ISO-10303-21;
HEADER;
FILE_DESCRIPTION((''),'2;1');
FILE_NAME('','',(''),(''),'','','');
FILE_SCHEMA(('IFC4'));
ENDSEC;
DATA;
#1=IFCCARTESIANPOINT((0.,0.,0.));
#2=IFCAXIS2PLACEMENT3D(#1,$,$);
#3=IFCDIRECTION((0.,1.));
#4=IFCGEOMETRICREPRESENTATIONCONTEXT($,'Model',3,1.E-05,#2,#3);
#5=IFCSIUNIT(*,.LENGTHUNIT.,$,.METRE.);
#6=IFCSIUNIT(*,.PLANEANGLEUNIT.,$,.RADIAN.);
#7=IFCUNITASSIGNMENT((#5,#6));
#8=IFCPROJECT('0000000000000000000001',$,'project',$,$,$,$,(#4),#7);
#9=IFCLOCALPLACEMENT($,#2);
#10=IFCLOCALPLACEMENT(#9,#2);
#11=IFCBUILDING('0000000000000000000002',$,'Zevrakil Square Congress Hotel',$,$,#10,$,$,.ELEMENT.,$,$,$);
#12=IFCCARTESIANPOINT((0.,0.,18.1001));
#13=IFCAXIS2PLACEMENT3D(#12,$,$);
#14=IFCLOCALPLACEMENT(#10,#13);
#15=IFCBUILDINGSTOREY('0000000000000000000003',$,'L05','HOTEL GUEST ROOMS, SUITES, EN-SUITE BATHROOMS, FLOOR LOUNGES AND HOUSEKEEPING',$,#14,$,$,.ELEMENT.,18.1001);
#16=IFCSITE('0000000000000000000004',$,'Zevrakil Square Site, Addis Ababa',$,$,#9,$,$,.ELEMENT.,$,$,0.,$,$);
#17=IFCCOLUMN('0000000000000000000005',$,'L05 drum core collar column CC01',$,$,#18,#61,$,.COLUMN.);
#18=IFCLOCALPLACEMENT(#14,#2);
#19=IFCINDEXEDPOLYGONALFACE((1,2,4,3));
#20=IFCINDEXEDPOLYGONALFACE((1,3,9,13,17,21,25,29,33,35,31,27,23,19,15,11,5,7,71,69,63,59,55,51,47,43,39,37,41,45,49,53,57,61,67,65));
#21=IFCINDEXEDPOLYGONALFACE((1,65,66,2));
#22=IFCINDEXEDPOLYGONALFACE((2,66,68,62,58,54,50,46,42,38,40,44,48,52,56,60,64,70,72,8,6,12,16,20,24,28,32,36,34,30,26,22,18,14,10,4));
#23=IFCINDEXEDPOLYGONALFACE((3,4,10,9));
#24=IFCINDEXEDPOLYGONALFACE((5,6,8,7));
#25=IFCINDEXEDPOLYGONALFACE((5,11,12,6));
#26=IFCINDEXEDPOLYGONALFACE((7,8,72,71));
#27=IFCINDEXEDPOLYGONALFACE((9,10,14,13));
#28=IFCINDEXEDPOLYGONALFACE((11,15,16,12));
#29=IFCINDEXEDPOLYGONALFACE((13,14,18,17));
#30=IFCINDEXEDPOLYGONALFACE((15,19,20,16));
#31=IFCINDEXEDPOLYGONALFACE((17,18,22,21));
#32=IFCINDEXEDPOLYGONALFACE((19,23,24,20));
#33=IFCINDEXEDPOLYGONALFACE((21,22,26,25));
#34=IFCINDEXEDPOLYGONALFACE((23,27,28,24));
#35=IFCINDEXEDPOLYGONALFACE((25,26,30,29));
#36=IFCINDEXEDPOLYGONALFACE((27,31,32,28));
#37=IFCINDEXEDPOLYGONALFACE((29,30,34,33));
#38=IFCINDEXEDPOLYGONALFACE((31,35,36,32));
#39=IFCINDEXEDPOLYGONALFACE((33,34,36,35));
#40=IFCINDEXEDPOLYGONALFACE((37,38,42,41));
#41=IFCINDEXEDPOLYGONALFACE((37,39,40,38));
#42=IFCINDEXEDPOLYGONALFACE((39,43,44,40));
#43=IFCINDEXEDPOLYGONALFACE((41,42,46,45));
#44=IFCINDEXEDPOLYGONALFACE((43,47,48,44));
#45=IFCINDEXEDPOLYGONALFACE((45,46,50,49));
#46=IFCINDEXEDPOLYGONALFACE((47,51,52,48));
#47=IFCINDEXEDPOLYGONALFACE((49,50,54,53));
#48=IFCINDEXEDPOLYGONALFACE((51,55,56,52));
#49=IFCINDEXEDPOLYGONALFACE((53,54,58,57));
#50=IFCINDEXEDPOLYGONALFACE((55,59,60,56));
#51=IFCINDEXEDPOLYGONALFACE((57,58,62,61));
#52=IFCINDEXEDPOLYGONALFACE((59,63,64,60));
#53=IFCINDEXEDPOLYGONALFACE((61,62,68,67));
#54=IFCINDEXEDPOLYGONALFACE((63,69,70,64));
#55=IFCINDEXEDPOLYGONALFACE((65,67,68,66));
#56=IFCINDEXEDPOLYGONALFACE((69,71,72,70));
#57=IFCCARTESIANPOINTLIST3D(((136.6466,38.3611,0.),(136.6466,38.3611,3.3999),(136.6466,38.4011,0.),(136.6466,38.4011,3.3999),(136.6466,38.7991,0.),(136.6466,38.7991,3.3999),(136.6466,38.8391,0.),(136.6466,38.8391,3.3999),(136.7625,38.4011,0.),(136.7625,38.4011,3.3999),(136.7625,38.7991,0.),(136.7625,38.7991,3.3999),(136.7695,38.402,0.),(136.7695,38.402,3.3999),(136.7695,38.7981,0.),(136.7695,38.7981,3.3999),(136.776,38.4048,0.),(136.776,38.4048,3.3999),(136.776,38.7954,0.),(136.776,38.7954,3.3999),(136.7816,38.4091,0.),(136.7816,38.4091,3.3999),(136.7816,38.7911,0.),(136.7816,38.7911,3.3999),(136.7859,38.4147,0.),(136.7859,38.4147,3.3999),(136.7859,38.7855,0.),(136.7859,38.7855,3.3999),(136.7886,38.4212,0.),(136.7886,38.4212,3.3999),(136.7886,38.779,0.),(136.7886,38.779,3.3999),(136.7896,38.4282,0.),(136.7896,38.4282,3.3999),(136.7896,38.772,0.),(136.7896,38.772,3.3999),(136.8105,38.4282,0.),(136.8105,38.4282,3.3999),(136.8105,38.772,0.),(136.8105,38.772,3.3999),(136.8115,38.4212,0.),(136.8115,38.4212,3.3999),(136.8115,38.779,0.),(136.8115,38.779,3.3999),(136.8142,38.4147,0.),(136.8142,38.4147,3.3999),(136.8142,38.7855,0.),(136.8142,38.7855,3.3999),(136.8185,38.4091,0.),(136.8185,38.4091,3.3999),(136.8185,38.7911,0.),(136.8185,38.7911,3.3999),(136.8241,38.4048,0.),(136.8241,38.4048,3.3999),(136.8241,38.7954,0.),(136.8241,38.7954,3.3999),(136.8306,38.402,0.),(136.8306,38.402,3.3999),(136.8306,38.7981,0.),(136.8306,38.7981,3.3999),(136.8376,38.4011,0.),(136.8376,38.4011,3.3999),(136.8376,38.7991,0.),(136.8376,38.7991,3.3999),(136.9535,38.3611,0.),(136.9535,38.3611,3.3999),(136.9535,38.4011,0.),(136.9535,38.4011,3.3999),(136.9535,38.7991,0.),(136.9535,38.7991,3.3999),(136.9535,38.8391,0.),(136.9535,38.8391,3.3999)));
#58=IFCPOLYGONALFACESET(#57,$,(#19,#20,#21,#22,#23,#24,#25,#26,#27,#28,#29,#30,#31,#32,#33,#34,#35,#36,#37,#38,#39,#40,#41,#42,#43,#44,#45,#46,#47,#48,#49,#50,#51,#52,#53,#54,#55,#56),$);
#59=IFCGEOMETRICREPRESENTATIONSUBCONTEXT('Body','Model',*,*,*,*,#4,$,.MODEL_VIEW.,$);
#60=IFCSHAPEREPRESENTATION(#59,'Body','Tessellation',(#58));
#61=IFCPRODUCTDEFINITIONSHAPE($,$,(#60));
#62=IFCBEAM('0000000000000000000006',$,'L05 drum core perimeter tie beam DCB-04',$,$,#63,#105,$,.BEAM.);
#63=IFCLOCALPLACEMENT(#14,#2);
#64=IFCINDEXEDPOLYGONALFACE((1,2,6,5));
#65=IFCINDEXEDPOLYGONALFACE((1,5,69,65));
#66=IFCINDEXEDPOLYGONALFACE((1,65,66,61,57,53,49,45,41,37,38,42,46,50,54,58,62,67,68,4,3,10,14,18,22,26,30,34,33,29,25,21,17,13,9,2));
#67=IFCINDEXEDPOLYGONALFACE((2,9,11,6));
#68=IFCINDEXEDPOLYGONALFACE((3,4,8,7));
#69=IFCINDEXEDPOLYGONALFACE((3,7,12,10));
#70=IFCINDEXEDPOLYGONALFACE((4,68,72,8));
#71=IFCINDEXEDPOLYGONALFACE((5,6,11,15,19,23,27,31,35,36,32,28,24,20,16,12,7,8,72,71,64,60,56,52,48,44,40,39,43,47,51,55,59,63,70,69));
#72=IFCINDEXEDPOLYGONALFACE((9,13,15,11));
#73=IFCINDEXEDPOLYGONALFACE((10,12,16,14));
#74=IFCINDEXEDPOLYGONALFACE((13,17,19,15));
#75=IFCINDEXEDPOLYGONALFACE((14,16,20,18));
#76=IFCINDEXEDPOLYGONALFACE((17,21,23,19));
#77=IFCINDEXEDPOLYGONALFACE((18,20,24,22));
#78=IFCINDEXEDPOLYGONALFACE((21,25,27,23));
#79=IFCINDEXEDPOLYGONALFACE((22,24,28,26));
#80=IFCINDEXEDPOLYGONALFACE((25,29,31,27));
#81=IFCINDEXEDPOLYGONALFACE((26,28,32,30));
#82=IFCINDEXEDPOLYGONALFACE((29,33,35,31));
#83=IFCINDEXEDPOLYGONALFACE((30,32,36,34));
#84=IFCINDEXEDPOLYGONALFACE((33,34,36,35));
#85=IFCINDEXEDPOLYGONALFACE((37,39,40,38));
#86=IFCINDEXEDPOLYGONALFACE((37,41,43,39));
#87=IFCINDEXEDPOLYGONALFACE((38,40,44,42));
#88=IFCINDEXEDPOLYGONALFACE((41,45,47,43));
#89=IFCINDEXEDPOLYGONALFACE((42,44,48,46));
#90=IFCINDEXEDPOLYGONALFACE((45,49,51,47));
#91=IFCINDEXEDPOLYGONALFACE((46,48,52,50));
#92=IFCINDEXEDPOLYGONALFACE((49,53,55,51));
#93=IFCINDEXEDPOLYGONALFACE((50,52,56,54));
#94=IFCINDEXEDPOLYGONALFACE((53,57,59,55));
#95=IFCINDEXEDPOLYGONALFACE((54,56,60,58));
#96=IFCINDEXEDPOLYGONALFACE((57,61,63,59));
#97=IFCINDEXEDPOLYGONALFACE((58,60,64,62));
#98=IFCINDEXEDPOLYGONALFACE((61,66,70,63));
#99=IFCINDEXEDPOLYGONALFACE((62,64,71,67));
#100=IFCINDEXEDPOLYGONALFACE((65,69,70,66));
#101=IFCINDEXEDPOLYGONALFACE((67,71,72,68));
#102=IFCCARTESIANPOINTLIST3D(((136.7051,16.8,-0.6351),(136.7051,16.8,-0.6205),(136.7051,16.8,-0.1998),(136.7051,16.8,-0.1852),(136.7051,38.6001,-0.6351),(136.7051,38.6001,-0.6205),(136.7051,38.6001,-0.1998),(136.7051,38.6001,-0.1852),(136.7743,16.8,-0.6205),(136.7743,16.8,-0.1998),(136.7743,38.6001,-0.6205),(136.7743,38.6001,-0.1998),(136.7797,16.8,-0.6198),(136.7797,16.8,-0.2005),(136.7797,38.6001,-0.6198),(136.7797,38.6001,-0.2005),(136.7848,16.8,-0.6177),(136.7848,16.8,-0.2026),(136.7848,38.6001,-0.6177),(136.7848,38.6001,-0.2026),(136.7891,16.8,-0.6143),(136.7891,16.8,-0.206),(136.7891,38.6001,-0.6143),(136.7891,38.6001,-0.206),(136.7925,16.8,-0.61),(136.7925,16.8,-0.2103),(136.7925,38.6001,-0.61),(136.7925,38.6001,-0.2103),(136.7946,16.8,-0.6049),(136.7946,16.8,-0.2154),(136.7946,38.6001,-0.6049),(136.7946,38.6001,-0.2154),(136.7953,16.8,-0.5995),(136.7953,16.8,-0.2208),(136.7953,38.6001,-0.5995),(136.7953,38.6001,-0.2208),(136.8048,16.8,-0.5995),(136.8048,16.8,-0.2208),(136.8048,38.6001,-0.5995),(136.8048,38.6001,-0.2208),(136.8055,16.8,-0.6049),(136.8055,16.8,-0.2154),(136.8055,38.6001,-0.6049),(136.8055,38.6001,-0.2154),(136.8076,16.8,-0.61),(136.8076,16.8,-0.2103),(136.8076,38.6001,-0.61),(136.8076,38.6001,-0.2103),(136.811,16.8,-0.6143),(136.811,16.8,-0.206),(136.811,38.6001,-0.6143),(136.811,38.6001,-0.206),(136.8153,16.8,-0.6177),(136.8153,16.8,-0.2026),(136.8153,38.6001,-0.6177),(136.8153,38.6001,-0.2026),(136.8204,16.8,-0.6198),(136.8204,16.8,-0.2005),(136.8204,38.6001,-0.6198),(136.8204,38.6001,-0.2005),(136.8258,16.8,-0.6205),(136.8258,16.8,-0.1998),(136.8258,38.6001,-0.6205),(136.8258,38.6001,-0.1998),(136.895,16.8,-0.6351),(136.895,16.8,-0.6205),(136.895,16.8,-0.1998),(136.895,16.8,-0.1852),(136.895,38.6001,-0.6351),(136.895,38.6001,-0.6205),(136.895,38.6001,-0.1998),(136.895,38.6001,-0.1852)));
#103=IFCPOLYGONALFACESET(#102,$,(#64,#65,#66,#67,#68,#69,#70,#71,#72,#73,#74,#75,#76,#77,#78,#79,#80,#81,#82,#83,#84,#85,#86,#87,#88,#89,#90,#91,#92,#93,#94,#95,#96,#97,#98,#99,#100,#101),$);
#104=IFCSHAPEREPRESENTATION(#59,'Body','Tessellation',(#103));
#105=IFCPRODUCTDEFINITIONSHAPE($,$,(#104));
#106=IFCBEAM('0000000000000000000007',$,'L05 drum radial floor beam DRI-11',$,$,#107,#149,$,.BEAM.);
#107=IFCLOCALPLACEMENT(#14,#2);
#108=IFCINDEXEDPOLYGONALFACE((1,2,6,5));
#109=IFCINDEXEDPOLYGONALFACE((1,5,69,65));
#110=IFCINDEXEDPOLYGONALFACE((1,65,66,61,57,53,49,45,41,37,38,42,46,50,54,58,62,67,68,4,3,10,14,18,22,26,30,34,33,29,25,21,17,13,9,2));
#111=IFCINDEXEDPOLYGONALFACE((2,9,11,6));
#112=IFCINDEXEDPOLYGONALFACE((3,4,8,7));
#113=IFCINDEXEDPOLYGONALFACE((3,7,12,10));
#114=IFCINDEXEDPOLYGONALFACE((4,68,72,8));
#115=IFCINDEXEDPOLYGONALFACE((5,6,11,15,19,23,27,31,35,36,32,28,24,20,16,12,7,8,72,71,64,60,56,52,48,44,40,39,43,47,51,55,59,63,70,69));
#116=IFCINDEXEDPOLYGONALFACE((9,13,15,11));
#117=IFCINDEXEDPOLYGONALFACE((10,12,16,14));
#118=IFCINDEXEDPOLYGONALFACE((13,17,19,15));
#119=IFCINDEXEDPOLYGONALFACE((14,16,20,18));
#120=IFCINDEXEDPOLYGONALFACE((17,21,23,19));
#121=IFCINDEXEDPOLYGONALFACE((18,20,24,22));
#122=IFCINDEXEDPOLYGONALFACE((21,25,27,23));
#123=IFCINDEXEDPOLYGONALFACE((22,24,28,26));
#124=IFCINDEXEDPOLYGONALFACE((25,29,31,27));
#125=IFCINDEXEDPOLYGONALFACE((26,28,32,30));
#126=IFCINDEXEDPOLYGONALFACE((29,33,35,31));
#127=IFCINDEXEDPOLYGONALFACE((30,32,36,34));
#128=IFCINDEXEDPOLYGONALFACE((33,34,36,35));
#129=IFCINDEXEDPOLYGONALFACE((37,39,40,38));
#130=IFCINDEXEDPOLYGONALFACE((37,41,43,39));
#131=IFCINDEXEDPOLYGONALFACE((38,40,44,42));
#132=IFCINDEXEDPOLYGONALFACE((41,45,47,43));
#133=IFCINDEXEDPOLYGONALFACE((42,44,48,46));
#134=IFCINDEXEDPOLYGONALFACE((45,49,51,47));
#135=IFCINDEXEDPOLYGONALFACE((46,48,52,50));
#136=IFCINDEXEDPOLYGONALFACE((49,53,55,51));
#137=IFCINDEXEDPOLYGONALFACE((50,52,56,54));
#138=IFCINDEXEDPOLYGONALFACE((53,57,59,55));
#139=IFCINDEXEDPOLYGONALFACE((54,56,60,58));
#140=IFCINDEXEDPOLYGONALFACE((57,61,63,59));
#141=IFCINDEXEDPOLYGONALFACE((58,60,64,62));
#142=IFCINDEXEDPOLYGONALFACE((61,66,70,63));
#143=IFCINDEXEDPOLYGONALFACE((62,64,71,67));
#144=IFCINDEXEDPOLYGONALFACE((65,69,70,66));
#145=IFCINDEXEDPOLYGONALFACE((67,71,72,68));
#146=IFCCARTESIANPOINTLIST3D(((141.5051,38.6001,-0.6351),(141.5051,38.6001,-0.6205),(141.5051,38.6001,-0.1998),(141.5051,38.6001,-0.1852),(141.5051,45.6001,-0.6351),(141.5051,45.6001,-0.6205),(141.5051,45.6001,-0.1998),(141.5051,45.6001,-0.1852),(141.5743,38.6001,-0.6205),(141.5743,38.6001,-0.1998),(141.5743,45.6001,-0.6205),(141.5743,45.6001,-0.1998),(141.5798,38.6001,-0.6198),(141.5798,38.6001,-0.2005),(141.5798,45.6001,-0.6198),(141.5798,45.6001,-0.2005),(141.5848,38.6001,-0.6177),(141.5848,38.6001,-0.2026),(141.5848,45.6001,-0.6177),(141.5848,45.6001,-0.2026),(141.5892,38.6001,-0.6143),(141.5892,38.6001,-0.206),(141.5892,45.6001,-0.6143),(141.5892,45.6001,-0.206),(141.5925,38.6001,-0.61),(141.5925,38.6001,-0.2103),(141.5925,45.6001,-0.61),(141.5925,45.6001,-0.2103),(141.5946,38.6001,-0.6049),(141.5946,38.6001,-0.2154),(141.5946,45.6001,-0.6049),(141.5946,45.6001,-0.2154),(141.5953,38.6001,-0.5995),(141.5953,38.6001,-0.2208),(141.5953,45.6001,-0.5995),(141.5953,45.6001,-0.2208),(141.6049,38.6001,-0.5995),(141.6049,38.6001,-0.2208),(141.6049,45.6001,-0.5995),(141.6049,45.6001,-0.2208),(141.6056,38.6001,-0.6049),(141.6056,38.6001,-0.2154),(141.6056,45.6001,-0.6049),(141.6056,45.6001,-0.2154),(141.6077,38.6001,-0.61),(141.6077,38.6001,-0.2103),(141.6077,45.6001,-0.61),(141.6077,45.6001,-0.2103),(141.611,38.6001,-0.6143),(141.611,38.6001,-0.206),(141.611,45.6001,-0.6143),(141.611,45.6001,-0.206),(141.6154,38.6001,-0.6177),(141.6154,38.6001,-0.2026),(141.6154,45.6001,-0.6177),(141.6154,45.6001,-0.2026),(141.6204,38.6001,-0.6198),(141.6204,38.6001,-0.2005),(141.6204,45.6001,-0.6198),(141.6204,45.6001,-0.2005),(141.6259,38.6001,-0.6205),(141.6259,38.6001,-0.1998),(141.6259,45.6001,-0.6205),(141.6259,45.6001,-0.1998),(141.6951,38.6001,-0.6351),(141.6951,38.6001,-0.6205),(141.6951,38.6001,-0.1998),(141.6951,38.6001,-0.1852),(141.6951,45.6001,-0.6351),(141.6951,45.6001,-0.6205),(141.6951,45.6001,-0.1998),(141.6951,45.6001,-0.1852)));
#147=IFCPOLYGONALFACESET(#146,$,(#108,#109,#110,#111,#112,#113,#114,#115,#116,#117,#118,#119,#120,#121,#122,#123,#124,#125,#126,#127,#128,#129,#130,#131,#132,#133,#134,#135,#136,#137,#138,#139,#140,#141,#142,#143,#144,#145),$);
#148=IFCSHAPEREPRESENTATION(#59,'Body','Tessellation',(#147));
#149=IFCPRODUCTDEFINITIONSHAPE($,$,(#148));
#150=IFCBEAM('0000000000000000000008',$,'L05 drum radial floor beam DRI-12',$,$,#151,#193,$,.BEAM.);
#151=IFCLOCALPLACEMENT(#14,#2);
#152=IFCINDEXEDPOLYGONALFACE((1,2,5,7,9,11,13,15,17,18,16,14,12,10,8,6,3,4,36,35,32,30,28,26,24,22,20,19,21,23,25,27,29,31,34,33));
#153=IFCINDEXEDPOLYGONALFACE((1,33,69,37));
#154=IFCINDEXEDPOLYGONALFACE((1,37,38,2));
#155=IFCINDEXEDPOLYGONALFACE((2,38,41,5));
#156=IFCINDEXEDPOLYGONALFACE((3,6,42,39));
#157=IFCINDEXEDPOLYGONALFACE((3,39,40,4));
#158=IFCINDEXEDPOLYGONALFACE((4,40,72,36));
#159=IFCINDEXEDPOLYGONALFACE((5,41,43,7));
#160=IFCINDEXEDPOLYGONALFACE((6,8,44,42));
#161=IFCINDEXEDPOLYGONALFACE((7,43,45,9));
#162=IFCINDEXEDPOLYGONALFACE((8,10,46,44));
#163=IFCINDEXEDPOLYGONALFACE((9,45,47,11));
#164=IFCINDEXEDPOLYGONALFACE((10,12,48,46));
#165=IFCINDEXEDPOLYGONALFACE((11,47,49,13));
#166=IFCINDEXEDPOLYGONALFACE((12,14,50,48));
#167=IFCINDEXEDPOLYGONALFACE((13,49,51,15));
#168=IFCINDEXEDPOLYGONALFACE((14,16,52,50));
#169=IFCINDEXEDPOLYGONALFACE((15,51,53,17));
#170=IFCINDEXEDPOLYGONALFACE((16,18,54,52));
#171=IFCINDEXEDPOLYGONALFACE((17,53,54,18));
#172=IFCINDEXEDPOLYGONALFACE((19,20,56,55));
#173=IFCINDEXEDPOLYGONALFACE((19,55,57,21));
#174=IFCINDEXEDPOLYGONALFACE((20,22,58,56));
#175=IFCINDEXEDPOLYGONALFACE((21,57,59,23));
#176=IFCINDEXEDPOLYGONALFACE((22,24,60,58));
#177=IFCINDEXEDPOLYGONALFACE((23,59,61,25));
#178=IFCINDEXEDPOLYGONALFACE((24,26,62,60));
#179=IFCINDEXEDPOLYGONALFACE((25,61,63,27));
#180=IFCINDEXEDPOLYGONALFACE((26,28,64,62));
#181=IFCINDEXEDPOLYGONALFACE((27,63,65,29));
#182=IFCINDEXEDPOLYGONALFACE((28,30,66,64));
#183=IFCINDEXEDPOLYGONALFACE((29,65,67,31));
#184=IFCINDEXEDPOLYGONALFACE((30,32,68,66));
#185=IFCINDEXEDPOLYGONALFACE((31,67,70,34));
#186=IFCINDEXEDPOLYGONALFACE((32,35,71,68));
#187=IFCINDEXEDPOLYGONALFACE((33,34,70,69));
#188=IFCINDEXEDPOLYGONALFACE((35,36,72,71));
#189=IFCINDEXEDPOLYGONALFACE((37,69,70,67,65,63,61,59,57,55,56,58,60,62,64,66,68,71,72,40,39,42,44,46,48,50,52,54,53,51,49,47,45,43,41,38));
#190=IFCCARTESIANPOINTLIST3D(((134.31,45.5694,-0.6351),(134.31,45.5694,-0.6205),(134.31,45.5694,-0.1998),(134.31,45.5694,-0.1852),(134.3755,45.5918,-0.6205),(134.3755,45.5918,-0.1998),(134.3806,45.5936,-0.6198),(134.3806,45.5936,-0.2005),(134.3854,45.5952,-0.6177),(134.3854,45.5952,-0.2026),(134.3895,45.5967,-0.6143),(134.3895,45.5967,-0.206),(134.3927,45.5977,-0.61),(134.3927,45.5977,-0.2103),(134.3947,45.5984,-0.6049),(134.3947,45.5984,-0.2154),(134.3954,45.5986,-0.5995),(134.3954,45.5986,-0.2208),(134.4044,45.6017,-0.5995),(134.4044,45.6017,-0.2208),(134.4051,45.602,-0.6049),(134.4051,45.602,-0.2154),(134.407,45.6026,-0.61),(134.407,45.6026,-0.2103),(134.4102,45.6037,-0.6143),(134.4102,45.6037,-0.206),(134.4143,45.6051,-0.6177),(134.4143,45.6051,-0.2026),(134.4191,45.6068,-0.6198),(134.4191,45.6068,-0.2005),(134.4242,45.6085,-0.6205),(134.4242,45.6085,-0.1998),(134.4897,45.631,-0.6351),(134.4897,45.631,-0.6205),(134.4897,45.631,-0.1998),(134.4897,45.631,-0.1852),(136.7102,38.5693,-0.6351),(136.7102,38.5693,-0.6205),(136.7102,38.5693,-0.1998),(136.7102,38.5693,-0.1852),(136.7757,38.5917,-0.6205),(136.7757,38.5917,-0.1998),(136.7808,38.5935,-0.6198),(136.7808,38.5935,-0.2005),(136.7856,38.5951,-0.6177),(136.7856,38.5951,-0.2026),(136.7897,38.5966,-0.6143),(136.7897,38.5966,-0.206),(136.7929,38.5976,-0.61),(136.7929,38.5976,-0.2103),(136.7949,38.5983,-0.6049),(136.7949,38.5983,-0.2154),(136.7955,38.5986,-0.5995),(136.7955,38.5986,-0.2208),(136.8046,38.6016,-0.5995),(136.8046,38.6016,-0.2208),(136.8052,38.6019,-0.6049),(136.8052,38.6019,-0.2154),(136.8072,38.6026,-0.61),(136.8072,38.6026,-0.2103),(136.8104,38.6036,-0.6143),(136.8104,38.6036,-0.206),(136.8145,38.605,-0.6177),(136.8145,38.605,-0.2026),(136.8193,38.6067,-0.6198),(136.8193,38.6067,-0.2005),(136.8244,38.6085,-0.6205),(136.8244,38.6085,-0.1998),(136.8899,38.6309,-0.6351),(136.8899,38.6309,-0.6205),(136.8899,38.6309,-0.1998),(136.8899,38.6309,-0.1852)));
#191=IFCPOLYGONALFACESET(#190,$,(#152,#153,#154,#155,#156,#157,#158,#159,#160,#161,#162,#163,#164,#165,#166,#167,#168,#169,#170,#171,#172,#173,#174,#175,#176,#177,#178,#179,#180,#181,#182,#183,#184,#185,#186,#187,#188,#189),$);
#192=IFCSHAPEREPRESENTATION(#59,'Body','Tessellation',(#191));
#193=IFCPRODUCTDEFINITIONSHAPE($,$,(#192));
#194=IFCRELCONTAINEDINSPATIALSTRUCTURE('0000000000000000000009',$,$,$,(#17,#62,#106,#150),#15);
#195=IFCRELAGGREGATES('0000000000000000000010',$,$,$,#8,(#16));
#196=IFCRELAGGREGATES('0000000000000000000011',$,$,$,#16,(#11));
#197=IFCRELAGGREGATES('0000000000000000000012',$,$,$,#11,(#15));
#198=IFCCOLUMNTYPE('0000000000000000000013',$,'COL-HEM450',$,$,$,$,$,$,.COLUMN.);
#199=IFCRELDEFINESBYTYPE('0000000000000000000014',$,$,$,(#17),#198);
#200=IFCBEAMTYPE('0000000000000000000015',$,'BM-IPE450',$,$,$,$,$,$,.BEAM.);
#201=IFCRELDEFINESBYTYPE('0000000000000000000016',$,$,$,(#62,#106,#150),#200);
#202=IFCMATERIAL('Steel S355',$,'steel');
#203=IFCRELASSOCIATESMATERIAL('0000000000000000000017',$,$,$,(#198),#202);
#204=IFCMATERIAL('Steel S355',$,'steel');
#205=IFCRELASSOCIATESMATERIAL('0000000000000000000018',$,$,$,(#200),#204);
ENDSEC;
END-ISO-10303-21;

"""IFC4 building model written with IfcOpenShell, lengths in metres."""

from ifc_helpers import new_model, si_unit, direction, frame, origin, origin_2d, place, context, subcontext, project, spatial, i_section, extrude, material, material_profile, profile_set, type_object, element, save


model = new_model("IFC4")

# Units and contexts
model_context = context("Model", 3, precision=1e-05, world=origin(), true_north=direction((0.0, 1.0)))
body_context = subcontext(model_context, "Body", "Model", "MODEL_VIEW")
ifc_project = project(units=[si_unit("LENGTHUNIT", "METRE"), si_unit("PLANEANGLEUNIT", "RADIAN")], contexts=[model_context])

# Site, building, storey
site_placement = place(None, origin())
site = spatial("IfcSite", under=ifc_project, at=site_placement, Name="Zevrakil Square Site, Addis Ababa", CompositionType="ELEMENT", RefElevation=0.0)
building_placement = place(site_placement, origin())
building = spatial("IfcBuilding", under=site, at=building_placement, Name="Zevrakil Square Congress Hotel", CompositionType="ELEMENT")
storey_placement = place(building_placement, frame((0.0, 0.0, 18.1001)))
storey = spatial("IfcBuildingStorey", under=building, at=storey_placement, Name="L05", Description="HOTEL GUEST ROOMS, SUITES, EN-SUITE BATHROOMS, FLOOR LOUNGES AND HOUSEKEEPING", CompositionType="ELEMENT", Elevation=18.1001)

# Column
ifc_material_1 = material(Name="Steel S355", Category="steel")
ifc_material_profile_1 = material_profile(ifc_material_1, i_section(OverallWidth=0.3069, OverallDepth=0.478, WebThickness=0.021, FlangeThickness=0.04, FilletRadius=0.0271, at=origin_2d()), Name="HEM 450")
ifc_profile_set_1 = profile_set([ifc_material_profile_1], Name="Steel S355")
column_type = type_object("IfcColumnType", Name="COL-HEM450", PredefinedType="COLUMN", material=ifc_profile_set_1)
column_placement = place(storey_placement, frame((136.8, 38.6001, 0.0), z_axis=(0.0, 0.0, 1.0), x_axis=(1.0, 0.0, 0.0)))
element("IfcColumn", 1, at=column_placement, inside=storey, type_object=column_type, Name="L05 drum core collar column CC01", PredefinedType="COLUMN", context=body_context, shape_type="SweptSolid", body=[
    extrude(i_section(OverallWidth=0.3069, OverallDepth=0.478, WebThickness=0.021, FlangeThickness=0.04, FilletRadius=0.0271, at=origin_2d()), origin(), (0.0, 0.0, 1.0), 3.3999),
])

# Beams
ifc_material_2 = material(Name="Steel S355", Category="steel")
ifc_material_profile_2 = material_profile(ifc_material_2, i_section(OverallWidth=0.1899, OverallDepth=0.45, WebThickness=0.0095, FlangeThickness=0.0146, FilletRadius=0.021, at=origin_2d()), Name="IPE 450")
ifc_profile_set_2 = profile_set([ifc_material_profile_2], Name="Steel S355")
beam_type = type_object("IfcBeamType", Name="BM-IPE450", PredefinedType="BEAM", material=ifc_profile_set_2)
beam_1_placement = place(storey_placement, frame((136.8, 38.6001, -0.4102), z_axis=(0.0, -1.0, 0.0), x_axis=(1.0, 0.0, 0.0)))
element("IfcBeam", 2, at=beam_1_placement, inside=storey, type_object=beam_type, Name="L05 drum core perimeter tie beam DCB-04", PredefinedType="BEAM", context=body_context, shape_type="SweptSolid", body=[
    extrude(i_section(OverallWidth=0.1899, OverallDepth=0.45, WebThickness=0.0095, FlangeThickness=0.0146, FilletRadius=0.021, at=origin_2d()), origin(), (0.0, 0.0, 1.0), 21.8),
])
beam_2_placement = place(storey_placement, frame((141.6001, 38.6001, -0.4102), z_axis=(0.0, 1.0, 0.0), x_axis=(-1.0, 0.0, 0.0)))
element("IfcBeam", 3, at=beam_2_placement, inside=storey, type_object=beam_type, Name="L05 drum radial floor beam DRI-11", PredefinedType="BEAM", context=body_context, shape_type="SweptSolid", body=[
    extrude(i_section(OverallWidth=0.1899, OverallDepth=0.45, WebThickness=0.0095, FlangeThickness=0.0146, FilletRadius=0.021, at=origin_2d()), origin(), (0.0, 0.0, 1.0), 7.0),
])
beam_3_placement = place(storey_placement, frame((136.8, 38.6001, -0.4102), z_axis=(-0.324342, 0.94594, 0.0), x_axis=(-0.94594, -0.324342, 0.0)))
element("IfcBeam", 4, at=beam_3_placement, inside=storey, type_object=beam_type, Name="L05 drum radial floor beam DRI-12", PredefinedType="BEAM", context=body_context, shape_type="SweptSolid", body=[
    extrude(i_section(OverallWidth=0.1899, OverallDepth=0.45, WebThickness=0.0095, FlangeThickness=0.0146, FilletRadius=0.021, at=origin_2d()), origin(), (0.0, 0.0, 1.0), 7.4001),
])

save(model, "model.ifc")
